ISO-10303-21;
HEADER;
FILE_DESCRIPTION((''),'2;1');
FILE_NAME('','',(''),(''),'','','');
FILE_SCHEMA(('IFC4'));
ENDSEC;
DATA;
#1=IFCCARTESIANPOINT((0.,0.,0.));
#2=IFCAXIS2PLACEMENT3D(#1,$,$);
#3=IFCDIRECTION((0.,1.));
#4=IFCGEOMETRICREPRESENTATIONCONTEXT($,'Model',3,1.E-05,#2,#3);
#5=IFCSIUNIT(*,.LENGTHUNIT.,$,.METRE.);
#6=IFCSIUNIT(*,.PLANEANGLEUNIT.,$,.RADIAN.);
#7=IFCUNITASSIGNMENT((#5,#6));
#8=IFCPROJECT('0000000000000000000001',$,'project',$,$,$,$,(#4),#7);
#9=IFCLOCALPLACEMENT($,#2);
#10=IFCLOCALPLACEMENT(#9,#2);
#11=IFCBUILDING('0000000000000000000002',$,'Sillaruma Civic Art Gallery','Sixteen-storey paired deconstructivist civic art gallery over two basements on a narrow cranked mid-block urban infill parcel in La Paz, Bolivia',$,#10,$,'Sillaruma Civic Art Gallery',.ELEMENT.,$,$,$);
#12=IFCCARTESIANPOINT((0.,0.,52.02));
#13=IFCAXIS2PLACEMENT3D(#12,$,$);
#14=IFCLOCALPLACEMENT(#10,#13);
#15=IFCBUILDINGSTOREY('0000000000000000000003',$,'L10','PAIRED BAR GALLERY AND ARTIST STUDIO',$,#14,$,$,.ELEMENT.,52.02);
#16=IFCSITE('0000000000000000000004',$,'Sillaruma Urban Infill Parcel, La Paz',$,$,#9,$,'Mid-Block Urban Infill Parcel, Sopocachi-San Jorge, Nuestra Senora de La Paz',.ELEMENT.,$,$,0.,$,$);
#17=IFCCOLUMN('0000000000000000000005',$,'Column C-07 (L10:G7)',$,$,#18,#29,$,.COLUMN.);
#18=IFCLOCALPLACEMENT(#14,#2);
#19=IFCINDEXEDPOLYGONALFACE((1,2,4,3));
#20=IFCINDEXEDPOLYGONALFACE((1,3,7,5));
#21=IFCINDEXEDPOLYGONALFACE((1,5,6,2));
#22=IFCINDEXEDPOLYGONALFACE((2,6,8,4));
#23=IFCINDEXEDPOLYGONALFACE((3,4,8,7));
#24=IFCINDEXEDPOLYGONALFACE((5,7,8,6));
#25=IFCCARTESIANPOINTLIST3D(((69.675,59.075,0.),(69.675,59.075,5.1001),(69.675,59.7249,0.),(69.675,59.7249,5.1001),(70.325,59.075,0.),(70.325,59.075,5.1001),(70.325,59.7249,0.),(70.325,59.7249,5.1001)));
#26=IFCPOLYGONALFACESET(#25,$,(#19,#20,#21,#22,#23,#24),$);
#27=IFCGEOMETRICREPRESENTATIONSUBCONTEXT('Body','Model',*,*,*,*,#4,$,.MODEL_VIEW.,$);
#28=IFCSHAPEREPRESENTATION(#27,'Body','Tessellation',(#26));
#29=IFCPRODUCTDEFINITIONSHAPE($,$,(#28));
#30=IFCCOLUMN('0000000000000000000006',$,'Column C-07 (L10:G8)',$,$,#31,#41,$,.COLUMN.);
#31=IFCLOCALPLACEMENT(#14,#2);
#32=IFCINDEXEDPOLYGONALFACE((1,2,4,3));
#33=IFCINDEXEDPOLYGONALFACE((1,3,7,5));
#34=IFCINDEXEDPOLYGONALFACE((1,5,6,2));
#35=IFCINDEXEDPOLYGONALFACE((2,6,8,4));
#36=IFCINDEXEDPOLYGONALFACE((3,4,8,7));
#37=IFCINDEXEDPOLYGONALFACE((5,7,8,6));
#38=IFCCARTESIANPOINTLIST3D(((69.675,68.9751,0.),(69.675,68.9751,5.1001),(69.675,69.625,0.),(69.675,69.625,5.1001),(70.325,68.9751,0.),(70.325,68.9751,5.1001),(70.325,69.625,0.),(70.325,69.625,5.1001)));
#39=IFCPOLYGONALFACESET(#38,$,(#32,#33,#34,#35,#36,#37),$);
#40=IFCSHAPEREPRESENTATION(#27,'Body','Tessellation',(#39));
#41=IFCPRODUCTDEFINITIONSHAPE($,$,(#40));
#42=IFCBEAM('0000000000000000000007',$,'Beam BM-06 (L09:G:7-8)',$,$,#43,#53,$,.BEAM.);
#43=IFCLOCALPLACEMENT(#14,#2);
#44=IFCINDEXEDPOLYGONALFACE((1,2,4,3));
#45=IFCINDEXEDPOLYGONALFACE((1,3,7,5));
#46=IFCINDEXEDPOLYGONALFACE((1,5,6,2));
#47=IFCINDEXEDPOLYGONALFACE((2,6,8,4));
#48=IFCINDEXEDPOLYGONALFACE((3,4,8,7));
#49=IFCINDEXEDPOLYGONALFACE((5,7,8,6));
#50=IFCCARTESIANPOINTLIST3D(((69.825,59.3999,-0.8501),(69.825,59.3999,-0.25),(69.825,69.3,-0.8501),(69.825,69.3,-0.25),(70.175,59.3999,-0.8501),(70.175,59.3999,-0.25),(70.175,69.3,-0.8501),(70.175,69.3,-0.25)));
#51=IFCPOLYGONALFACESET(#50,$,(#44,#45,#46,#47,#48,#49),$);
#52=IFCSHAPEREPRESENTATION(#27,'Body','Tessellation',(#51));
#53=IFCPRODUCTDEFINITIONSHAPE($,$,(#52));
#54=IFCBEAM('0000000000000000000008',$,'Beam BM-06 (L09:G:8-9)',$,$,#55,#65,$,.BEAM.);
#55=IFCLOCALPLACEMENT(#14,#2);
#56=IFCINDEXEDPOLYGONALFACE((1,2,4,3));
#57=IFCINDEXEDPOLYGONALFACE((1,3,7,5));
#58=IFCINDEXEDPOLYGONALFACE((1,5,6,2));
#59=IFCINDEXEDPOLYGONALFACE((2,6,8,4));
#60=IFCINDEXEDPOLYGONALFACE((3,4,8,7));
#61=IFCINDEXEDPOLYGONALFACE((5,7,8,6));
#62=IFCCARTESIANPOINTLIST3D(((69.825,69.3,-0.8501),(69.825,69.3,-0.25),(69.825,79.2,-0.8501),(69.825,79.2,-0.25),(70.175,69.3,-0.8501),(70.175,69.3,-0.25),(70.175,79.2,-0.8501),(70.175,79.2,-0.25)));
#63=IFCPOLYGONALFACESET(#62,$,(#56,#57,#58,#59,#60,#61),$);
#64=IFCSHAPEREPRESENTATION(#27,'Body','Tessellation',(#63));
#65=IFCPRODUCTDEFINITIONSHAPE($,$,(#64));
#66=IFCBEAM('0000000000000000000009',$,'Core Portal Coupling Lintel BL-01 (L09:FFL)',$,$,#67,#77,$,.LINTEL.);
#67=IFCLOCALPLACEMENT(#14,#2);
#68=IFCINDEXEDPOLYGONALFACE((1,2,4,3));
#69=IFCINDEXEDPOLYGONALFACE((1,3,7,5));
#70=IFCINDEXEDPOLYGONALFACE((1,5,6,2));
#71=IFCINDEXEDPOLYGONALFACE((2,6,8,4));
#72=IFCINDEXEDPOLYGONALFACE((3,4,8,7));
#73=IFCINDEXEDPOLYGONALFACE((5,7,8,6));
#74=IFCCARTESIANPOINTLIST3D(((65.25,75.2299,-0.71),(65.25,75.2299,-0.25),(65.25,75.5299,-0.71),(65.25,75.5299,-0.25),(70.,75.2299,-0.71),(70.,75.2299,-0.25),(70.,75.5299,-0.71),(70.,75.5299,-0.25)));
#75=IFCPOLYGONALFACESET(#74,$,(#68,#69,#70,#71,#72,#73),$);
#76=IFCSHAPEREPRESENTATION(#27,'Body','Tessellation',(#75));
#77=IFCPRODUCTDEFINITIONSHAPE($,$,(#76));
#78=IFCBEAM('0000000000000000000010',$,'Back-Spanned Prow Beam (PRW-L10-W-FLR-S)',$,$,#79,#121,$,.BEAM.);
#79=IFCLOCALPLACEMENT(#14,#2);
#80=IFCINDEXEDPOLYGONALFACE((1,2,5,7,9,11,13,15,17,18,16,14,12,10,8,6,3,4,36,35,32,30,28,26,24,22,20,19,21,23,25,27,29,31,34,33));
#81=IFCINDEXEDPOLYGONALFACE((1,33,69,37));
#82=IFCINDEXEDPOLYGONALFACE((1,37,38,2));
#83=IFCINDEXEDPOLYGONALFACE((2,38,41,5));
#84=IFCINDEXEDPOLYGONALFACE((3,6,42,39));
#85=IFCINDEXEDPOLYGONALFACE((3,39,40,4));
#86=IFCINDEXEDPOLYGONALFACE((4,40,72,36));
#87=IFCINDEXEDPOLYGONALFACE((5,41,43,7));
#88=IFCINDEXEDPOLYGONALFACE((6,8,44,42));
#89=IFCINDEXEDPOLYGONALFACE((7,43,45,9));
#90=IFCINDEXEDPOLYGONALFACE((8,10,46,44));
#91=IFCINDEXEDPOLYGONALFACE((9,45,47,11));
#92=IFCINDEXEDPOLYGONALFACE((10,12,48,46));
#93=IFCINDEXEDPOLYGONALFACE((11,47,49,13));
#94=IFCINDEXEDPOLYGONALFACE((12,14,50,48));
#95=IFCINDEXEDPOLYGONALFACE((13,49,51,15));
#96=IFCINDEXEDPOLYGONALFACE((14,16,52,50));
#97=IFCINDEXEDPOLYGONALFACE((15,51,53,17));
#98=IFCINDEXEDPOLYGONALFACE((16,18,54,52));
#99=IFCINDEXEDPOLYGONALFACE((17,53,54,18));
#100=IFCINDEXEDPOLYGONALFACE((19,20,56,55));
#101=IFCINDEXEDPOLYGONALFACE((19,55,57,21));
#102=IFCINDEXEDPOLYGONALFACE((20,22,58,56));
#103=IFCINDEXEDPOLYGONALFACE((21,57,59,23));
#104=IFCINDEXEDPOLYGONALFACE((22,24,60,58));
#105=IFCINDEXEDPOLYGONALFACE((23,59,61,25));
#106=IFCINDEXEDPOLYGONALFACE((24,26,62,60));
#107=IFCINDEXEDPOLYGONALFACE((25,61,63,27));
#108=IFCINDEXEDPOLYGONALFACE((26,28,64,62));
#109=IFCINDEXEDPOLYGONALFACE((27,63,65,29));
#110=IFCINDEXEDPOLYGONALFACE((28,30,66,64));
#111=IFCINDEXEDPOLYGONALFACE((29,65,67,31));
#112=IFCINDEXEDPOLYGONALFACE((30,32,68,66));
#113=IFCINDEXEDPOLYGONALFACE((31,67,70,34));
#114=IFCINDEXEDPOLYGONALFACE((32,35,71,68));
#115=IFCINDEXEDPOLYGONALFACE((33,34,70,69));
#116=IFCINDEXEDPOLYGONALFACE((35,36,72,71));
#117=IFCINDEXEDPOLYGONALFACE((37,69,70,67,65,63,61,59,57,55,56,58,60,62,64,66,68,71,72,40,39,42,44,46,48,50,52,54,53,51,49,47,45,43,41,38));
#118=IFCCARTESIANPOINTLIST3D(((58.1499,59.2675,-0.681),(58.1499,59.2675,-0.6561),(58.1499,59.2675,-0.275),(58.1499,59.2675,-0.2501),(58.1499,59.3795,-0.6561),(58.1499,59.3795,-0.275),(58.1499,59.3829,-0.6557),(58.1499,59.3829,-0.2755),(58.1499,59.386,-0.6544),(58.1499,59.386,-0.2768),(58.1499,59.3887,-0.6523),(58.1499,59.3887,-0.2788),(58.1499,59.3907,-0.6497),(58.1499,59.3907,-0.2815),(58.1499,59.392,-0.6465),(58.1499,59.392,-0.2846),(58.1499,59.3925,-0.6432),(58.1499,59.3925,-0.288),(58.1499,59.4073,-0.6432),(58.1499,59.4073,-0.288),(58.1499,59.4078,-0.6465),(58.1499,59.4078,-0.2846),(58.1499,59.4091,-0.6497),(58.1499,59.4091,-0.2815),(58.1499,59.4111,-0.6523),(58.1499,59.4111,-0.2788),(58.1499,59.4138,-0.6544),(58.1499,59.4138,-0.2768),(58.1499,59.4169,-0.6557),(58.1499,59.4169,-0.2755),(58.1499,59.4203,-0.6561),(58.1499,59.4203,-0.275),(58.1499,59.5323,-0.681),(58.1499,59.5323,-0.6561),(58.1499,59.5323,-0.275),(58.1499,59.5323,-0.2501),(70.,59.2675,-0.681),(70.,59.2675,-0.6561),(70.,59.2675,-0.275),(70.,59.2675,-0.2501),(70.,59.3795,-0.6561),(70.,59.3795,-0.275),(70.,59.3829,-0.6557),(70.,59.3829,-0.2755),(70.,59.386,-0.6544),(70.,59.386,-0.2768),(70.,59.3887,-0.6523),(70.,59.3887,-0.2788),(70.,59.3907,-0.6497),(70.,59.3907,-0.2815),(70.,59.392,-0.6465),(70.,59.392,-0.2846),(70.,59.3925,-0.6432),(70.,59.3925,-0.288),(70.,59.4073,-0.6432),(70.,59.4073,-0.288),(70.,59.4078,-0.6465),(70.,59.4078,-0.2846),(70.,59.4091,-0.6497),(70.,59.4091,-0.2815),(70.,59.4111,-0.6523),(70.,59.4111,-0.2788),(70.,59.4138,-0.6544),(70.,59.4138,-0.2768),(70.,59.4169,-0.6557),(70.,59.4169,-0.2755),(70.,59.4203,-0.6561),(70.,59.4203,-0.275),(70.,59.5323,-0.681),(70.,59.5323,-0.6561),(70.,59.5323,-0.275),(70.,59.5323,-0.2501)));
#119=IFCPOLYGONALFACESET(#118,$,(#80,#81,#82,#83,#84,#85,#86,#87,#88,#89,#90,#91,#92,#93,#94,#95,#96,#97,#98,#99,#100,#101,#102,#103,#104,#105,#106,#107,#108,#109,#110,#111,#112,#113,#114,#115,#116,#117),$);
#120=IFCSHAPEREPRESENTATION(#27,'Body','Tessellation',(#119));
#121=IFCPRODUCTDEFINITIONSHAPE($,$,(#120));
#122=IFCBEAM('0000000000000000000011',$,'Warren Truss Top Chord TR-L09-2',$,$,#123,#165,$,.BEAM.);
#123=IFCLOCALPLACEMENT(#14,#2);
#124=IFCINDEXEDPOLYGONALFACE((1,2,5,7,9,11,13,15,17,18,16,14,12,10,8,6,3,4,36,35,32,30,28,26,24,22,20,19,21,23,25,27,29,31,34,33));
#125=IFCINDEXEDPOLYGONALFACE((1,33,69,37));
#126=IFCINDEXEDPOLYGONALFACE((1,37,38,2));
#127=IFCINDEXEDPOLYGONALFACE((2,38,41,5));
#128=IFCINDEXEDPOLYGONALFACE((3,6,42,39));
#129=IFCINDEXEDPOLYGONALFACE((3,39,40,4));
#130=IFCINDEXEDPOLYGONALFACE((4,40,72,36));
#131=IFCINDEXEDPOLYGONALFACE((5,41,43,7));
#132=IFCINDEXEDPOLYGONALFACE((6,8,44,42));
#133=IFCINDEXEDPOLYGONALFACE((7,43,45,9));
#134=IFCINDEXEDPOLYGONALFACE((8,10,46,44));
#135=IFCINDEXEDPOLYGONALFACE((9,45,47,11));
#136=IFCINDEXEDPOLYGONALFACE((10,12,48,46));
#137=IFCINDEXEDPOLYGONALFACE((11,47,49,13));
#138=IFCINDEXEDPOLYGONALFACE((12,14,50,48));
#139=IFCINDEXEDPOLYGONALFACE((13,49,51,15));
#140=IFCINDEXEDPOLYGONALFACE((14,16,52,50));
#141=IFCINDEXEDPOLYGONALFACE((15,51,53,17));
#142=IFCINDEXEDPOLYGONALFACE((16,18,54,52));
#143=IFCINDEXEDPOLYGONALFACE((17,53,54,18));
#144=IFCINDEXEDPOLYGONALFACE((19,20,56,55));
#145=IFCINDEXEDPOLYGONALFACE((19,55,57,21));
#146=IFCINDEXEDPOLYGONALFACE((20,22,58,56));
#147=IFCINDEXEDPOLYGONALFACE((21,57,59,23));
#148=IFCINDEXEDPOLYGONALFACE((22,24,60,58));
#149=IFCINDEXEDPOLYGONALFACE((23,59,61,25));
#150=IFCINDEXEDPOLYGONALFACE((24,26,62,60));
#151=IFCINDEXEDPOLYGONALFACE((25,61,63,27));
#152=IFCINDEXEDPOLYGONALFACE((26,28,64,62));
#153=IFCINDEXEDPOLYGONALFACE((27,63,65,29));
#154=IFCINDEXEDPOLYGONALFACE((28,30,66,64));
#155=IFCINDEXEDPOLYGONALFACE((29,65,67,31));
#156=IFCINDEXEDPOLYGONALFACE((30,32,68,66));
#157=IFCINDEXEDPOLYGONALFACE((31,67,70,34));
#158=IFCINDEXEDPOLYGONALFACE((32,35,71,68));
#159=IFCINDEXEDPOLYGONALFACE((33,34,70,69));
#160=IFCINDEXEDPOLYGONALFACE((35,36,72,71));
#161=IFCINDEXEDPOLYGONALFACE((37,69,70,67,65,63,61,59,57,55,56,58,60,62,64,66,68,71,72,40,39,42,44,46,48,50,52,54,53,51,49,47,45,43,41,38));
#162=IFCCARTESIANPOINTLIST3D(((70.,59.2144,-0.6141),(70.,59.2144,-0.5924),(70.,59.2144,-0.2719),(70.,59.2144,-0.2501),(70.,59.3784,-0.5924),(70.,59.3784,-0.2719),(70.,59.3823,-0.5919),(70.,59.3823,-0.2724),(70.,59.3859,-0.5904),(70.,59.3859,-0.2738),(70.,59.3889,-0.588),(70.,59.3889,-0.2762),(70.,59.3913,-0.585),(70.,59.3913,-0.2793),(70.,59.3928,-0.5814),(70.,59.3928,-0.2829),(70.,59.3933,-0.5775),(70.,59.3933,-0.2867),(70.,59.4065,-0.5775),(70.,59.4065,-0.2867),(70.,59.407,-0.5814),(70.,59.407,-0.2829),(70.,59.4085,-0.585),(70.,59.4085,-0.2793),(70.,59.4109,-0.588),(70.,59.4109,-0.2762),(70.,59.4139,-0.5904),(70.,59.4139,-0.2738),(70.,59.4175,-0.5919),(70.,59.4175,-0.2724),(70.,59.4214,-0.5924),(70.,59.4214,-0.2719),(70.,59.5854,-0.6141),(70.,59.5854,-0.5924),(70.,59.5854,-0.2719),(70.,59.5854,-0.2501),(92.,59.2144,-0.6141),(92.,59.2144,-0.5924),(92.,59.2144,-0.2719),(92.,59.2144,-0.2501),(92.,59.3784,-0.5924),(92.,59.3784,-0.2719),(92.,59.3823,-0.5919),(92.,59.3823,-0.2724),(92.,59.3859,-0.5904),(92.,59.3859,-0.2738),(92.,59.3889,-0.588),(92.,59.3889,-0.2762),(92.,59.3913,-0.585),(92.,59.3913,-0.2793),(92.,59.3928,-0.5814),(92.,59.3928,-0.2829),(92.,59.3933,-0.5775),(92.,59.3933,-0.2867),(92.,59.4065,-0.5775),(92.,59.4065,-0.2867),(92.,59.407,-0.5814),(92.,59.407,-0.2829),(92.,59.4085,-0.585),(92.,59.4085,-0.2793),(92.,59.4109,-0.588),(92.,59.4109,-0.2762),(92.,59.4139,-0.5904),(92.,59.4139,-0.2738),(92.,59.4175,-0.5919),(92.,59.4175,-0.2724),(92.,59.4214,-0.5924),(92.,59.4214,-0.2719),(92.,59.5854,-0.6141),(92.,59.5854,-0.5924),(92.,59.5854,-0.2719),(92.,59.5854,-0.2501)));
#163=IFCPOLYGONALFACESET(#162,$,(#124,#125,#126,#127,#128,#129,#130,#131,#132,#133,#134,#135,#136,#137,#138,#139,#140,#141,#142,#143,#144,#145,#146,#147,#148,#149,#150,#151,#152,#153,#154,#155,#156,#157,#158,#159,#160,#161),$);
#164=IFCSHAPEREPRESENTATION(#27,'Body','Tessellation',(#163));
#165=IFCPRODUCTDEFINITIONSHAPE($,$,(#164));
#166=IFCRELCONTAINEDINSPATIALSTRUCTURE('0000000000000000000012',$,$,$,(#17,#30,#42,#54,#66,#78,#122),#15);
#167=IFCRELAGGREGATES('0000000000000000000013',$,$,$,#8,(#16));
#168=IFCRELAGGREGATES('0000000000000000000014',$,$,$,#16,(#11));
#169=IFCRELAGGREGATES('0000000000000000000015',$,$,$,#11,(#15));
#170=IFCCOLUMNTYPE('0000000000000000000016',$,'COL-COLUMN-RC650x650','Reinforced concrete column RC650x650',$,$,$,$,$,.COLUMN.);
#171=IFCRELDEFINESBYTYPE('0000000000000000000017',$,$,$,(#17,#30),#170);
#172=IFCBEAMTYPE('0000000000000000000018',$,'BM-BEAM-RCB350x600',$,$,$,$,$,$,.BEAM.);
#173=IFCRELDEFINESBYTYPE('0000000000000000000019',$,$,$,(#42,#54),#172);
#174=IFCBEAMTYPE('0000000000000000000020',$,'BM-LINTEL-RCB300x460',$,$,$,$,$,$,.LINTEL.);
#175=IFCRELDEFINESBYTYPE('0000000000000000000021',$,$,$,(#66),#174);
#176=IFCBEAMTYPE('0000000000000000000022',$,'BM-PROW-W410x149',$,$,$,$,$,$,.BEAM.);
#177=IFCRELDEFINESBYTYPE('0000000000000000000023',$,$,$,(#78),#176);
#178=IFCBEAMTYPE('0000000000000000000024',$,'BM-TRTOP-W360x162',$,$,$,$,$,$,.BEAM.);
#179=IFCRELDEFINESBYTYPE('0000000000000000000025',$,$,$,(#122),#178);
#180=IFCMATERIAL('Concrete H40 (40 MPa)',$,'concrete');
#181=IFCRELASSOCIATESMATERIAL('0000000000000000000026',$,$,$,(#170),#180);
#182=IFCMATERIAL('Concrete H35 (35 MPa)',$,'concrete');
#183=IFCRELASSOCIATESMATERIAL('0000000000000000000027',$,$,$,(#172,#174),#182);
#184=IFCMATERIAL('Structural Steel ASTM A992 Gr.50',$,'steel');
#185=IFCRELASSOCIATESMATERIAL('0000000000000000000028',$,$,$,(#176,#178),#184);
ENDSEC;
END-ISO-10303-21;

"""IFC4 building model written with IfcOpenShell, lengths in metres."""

from ifc_helpers import new_model, si_unit, direction, frame, origin, origin_2d, place, context, subcontext, project, spatial, rectangle, i_section, extrude, material, material_profile, profile_set, type_object, element, save


model = new_model("IFC4")

# Units and contexts
model_context = context("Model", 3, precision=1e-05, world=origin(), true_north=direction((0.0, 1.0)))
body_context = subcontext(model_context, "Body", "Model", "MODEL_VIEW")
ifc_project = project(units=[si_unit("LENGTHUNIT", "METRE"), si_unit("PLANEANGLEUNIT", "RADIAN")], contexts=[model_context])

# Site, building, storey
site_placement = place(None, origin())
site = spatial("IfcSite", under=ifc_project, at=site_placement, Name="Sillaruma Urban Infill Parcel, La Paz", LongName="Mid-Block Urban Infill Parcel, Sopocachi-San Jorge, Nuestra Senora de La Paz", CompositionType="ELEMENT", RefElevation=0.0)
building_placement = place(site_placement, origin())
building = spatial("IfcBuilding", under=site, at=building_placement, Name="Sillaruma Civic Art Gallery", Description="Sixteen-storey paired deconstructivist civic art gallery over two basements on a narrow cranked mid-block urban infill parcel in La Paz, Bolivia", LongName="Sillaruma Civic Art Gallery", CompositionType="ELEMENT")
storey_placement = place(building_placement, frame((0.0, 0.0, 52.02)))
storey = spatial("IfcBuildingStorey", under=building, at=storey_placement, Name="L10", Description="PAIRED BAR GALLERY AND ARTIST STUDIO", CompositionType="ELEMENT", Elevation=52.02)

# Columns
ifc_material_1 = material(Name="Concrete H40 (40 MPa)", Category="concrete")
ifc_material_profile_1 = material_profile(ifc_material_1, rectangle(XDim=0.6499, YDim=0.6499, at=origin_2d()), Name="RC650x650")
ifc_profile_set_1 = profile_set([ifc_material_profile_1], Name="Concrete H40 (40 MPa)")
column_type = type_object("IfcColumnType", Name="COL-COLUMN-RC650x650", Description="Reinforced concrete column RC650x650", PredefinedType="COLUMN", material=ifc_profile_set_1)
for number, where, z_axis, x_axis, name in (
    (1, (70.0, 59.3999, 0.0), (0.0, 0.0, 1.0), (1.0, 0.0, 0.0), "Column C-07 (L10:G7)"),
    (2, (70.0, 69.3, 0.0), (0.0, 0.0, 1.0), (1.0, 0.0, 0.0), "Column C-07 (L10:G8)"),
):
    element("IfcColumn", number, at=place(storey_placement, frame(where, z_axis=z_axis, x_axis=x_axis)), inside=storey, type_object=column_type, Name=name, PredefinedType="COLUMN", context=body_context, shape_type="SweptSolid", body=[
        extrude(rectangle(XDim=0.6499, YDim=0.6499, at=origin_2d()), origin(), (0.0, 0.0, 1.0), 5.1001),
    ])

# Beams
ifc_material_2 = material(Name="Concrete H35 (35 MPa)", Category="concrete")
ifc_material_profile_2 = material_profile(ifc_material_2, rectangle(XDim=0.3501, YDim=0.6001, at=origin_2d()), Name="RCB350x600")
ifc_profile_set_2 = profile_set([ifc_material_profile_2], Name="Concrete H35 (35 MPa)")
beam_type_1 = type_object("IfcBeamType", Name="BM-BEAM-RCB350x600", PredefinedType="BEAM", material=ifc_profile_set_2)
beam_1_placement = place(storey_placement, frame((70.0, 59.3999, -0.55), z_axis=(0.0, 1.0, 0.0), x_axis=(-1.0, 0.0, 0.0)))
element("IfcBeam", 3, at=beam_1_placement, inside=storey, type_object=beam_type_1, Name="Beam BM-06 (L09:G:7-8)", PredefinedType="BEAM", context=body_context, shape_type="SweptSolid", body=[
    extrude(rectangle(XDim=0.3501, YDim=0.6001, at=origin_2d()), origin(), (0.0, 0.0, 1.0), 9.9001),
])
beam_2_placement = place(storey_placement, frame((70.0, 69.3, -0.55), z_axis=(0.0, 1.0, 0.0), x_axis=(-1.0, 0.0, 0.0)))
element("IfcBeam", 4, at=beam_2_placement, inside=storey, type_object=beam_type_1, Name="Beam BM-06 (L09:G:8-9)", PredefinedType="BEAM", context=body_context, shape_type="SweptSolid", body=[
    extrude(rectangle(XDim=0.3501, YDim=0.6001, at=origin_2d()), origin(), (0.0, 0.0, 1.0), 9.8999),
])
ifc_material_profile_3 = material_profile(ifc_material_2, rectangle(XDim=0.3, YDim=0.46, at=origin_2d()), Name="RCB300x460")
ifc_profile_set_3 = profile_set([ifc_material_profile_3], Name="Concrete H35 (35 MPa)")
beam_type_2 = type_object("IfcBeamType", Name="BM-LINTEL-RCB300x460", PredefinedType="LINTEL", material=ifc_profile_set_3)
beam_3_placement = place(storey_placement, frame((65.25, 75.3799, -0.48), z_axis=(1.0, 0.0, 0.0), x_axis=(0.0, 1.0, 0.0)))
element("IfcBeam", 5, at=beam_3_placement, inside=storey, type_object=beam_type_2, Name="Core Portal Coupling Lintel BL-01 (L09:FFL)", PredefinedType="LINTEL", context=body_context, shape_type="SweptSolid", body=[
    extrude(rectangle(XDim=0.3, YDim=0.46, at=origin_2d()), origin(), (0.0, 0.0, 1.0), 4.75),
])
ifc_material_3 = material(Name="Structural Steel ASTM A992 Gr.50", Category="steel")
ifc_material_profile_4 = material_profile(ifc_material_3, i_section(OverallWidth=0.2649, OverallDepth=0.4309, WebThickness=0.0149, FlangeThickness=0.0249, FilletRadius=0.0129, at=origin_2d()), Name="W410x149")
ifc_profile_set_4 = profile_set([ifc_material_profile_4], Name="Structural Steel ASTM A992 Gr.50")
beam_type_3 = type_object("IfcBeamType", Name="BM-PROW-W410x149", PredefinedType="BEAM", material=ifc_profile_set_4)
beam_4_placement = place(storey_placement, frame((70.0, 59.3999, -0.4656), z_axis=(-1.0, 0.0, 0.0), x_axis=(0.0, -1.0, 0.0)))
element("IfcBeam", 6, at=beam_4_placement, inside=storey, type_object=beam_type_3, Name="Back-Spanned Prow Beam (PRW-L10-W-FLR-S)", PredefinedType="BEAM", context=body_context, shape_type="SweptSolid", body=[
    extrude(i_section(OverallWidth=0.2649, OverallDepth=0.4309, WebThickness=0.0149, FlangeThickness=0.0249, FilletRadius=0.0129, at=origin_2d()), origin(), (0.0, 0.0, 1.0), 11.8501),
])
ifc_material_profile_5 = material_profile(ifc_material_3, i_section(OverallWidth=0.3711, OverallDepth=0.364, WebThickness=0.0132, FlangeThickness=0.0217, FilletRadius=0.0149, at=origin_2d()), Name="W360x162")
ifc_profile_set_5 = profile_set([ifc_material_profile_5], Name="Structural Steel ASTM A992 Gr.50")
beam_type_4 = type_object("IfcBeamType", Name="BM-TRTOP-W360x162", PredefinedType="BEAM", material=ifc_profile_set_5)
for number, where, z_axis, x_axis, name in (
    (7, (70.0, 59.3999, -0.4321), (1.0, 0.0, 0.0), (0.0, 1.0, 0.0), "Warren Truss Top Chord TR-L09-2"),
):
    element("IfcBeam", number, at=place(storey_placement, frame(where, z_axis=z_axis, x_axis=x_axis)), inside=storey, type_object=beam_type_4, Name=name, PredefinedType="BEAM", context=body_context, shape_type="SweptSolid", body=[
        extrude(i_section(OverallWidth=0.3711, OverallDepth=0.364, WebThickness=0.0132, FlangeThickness=0.0217, FilletRadius=0.0149, at=origin_2d()), origin(), (0.0, 0.0, 1.0), 22.0),
    ])

save(model, "model.ifc")
